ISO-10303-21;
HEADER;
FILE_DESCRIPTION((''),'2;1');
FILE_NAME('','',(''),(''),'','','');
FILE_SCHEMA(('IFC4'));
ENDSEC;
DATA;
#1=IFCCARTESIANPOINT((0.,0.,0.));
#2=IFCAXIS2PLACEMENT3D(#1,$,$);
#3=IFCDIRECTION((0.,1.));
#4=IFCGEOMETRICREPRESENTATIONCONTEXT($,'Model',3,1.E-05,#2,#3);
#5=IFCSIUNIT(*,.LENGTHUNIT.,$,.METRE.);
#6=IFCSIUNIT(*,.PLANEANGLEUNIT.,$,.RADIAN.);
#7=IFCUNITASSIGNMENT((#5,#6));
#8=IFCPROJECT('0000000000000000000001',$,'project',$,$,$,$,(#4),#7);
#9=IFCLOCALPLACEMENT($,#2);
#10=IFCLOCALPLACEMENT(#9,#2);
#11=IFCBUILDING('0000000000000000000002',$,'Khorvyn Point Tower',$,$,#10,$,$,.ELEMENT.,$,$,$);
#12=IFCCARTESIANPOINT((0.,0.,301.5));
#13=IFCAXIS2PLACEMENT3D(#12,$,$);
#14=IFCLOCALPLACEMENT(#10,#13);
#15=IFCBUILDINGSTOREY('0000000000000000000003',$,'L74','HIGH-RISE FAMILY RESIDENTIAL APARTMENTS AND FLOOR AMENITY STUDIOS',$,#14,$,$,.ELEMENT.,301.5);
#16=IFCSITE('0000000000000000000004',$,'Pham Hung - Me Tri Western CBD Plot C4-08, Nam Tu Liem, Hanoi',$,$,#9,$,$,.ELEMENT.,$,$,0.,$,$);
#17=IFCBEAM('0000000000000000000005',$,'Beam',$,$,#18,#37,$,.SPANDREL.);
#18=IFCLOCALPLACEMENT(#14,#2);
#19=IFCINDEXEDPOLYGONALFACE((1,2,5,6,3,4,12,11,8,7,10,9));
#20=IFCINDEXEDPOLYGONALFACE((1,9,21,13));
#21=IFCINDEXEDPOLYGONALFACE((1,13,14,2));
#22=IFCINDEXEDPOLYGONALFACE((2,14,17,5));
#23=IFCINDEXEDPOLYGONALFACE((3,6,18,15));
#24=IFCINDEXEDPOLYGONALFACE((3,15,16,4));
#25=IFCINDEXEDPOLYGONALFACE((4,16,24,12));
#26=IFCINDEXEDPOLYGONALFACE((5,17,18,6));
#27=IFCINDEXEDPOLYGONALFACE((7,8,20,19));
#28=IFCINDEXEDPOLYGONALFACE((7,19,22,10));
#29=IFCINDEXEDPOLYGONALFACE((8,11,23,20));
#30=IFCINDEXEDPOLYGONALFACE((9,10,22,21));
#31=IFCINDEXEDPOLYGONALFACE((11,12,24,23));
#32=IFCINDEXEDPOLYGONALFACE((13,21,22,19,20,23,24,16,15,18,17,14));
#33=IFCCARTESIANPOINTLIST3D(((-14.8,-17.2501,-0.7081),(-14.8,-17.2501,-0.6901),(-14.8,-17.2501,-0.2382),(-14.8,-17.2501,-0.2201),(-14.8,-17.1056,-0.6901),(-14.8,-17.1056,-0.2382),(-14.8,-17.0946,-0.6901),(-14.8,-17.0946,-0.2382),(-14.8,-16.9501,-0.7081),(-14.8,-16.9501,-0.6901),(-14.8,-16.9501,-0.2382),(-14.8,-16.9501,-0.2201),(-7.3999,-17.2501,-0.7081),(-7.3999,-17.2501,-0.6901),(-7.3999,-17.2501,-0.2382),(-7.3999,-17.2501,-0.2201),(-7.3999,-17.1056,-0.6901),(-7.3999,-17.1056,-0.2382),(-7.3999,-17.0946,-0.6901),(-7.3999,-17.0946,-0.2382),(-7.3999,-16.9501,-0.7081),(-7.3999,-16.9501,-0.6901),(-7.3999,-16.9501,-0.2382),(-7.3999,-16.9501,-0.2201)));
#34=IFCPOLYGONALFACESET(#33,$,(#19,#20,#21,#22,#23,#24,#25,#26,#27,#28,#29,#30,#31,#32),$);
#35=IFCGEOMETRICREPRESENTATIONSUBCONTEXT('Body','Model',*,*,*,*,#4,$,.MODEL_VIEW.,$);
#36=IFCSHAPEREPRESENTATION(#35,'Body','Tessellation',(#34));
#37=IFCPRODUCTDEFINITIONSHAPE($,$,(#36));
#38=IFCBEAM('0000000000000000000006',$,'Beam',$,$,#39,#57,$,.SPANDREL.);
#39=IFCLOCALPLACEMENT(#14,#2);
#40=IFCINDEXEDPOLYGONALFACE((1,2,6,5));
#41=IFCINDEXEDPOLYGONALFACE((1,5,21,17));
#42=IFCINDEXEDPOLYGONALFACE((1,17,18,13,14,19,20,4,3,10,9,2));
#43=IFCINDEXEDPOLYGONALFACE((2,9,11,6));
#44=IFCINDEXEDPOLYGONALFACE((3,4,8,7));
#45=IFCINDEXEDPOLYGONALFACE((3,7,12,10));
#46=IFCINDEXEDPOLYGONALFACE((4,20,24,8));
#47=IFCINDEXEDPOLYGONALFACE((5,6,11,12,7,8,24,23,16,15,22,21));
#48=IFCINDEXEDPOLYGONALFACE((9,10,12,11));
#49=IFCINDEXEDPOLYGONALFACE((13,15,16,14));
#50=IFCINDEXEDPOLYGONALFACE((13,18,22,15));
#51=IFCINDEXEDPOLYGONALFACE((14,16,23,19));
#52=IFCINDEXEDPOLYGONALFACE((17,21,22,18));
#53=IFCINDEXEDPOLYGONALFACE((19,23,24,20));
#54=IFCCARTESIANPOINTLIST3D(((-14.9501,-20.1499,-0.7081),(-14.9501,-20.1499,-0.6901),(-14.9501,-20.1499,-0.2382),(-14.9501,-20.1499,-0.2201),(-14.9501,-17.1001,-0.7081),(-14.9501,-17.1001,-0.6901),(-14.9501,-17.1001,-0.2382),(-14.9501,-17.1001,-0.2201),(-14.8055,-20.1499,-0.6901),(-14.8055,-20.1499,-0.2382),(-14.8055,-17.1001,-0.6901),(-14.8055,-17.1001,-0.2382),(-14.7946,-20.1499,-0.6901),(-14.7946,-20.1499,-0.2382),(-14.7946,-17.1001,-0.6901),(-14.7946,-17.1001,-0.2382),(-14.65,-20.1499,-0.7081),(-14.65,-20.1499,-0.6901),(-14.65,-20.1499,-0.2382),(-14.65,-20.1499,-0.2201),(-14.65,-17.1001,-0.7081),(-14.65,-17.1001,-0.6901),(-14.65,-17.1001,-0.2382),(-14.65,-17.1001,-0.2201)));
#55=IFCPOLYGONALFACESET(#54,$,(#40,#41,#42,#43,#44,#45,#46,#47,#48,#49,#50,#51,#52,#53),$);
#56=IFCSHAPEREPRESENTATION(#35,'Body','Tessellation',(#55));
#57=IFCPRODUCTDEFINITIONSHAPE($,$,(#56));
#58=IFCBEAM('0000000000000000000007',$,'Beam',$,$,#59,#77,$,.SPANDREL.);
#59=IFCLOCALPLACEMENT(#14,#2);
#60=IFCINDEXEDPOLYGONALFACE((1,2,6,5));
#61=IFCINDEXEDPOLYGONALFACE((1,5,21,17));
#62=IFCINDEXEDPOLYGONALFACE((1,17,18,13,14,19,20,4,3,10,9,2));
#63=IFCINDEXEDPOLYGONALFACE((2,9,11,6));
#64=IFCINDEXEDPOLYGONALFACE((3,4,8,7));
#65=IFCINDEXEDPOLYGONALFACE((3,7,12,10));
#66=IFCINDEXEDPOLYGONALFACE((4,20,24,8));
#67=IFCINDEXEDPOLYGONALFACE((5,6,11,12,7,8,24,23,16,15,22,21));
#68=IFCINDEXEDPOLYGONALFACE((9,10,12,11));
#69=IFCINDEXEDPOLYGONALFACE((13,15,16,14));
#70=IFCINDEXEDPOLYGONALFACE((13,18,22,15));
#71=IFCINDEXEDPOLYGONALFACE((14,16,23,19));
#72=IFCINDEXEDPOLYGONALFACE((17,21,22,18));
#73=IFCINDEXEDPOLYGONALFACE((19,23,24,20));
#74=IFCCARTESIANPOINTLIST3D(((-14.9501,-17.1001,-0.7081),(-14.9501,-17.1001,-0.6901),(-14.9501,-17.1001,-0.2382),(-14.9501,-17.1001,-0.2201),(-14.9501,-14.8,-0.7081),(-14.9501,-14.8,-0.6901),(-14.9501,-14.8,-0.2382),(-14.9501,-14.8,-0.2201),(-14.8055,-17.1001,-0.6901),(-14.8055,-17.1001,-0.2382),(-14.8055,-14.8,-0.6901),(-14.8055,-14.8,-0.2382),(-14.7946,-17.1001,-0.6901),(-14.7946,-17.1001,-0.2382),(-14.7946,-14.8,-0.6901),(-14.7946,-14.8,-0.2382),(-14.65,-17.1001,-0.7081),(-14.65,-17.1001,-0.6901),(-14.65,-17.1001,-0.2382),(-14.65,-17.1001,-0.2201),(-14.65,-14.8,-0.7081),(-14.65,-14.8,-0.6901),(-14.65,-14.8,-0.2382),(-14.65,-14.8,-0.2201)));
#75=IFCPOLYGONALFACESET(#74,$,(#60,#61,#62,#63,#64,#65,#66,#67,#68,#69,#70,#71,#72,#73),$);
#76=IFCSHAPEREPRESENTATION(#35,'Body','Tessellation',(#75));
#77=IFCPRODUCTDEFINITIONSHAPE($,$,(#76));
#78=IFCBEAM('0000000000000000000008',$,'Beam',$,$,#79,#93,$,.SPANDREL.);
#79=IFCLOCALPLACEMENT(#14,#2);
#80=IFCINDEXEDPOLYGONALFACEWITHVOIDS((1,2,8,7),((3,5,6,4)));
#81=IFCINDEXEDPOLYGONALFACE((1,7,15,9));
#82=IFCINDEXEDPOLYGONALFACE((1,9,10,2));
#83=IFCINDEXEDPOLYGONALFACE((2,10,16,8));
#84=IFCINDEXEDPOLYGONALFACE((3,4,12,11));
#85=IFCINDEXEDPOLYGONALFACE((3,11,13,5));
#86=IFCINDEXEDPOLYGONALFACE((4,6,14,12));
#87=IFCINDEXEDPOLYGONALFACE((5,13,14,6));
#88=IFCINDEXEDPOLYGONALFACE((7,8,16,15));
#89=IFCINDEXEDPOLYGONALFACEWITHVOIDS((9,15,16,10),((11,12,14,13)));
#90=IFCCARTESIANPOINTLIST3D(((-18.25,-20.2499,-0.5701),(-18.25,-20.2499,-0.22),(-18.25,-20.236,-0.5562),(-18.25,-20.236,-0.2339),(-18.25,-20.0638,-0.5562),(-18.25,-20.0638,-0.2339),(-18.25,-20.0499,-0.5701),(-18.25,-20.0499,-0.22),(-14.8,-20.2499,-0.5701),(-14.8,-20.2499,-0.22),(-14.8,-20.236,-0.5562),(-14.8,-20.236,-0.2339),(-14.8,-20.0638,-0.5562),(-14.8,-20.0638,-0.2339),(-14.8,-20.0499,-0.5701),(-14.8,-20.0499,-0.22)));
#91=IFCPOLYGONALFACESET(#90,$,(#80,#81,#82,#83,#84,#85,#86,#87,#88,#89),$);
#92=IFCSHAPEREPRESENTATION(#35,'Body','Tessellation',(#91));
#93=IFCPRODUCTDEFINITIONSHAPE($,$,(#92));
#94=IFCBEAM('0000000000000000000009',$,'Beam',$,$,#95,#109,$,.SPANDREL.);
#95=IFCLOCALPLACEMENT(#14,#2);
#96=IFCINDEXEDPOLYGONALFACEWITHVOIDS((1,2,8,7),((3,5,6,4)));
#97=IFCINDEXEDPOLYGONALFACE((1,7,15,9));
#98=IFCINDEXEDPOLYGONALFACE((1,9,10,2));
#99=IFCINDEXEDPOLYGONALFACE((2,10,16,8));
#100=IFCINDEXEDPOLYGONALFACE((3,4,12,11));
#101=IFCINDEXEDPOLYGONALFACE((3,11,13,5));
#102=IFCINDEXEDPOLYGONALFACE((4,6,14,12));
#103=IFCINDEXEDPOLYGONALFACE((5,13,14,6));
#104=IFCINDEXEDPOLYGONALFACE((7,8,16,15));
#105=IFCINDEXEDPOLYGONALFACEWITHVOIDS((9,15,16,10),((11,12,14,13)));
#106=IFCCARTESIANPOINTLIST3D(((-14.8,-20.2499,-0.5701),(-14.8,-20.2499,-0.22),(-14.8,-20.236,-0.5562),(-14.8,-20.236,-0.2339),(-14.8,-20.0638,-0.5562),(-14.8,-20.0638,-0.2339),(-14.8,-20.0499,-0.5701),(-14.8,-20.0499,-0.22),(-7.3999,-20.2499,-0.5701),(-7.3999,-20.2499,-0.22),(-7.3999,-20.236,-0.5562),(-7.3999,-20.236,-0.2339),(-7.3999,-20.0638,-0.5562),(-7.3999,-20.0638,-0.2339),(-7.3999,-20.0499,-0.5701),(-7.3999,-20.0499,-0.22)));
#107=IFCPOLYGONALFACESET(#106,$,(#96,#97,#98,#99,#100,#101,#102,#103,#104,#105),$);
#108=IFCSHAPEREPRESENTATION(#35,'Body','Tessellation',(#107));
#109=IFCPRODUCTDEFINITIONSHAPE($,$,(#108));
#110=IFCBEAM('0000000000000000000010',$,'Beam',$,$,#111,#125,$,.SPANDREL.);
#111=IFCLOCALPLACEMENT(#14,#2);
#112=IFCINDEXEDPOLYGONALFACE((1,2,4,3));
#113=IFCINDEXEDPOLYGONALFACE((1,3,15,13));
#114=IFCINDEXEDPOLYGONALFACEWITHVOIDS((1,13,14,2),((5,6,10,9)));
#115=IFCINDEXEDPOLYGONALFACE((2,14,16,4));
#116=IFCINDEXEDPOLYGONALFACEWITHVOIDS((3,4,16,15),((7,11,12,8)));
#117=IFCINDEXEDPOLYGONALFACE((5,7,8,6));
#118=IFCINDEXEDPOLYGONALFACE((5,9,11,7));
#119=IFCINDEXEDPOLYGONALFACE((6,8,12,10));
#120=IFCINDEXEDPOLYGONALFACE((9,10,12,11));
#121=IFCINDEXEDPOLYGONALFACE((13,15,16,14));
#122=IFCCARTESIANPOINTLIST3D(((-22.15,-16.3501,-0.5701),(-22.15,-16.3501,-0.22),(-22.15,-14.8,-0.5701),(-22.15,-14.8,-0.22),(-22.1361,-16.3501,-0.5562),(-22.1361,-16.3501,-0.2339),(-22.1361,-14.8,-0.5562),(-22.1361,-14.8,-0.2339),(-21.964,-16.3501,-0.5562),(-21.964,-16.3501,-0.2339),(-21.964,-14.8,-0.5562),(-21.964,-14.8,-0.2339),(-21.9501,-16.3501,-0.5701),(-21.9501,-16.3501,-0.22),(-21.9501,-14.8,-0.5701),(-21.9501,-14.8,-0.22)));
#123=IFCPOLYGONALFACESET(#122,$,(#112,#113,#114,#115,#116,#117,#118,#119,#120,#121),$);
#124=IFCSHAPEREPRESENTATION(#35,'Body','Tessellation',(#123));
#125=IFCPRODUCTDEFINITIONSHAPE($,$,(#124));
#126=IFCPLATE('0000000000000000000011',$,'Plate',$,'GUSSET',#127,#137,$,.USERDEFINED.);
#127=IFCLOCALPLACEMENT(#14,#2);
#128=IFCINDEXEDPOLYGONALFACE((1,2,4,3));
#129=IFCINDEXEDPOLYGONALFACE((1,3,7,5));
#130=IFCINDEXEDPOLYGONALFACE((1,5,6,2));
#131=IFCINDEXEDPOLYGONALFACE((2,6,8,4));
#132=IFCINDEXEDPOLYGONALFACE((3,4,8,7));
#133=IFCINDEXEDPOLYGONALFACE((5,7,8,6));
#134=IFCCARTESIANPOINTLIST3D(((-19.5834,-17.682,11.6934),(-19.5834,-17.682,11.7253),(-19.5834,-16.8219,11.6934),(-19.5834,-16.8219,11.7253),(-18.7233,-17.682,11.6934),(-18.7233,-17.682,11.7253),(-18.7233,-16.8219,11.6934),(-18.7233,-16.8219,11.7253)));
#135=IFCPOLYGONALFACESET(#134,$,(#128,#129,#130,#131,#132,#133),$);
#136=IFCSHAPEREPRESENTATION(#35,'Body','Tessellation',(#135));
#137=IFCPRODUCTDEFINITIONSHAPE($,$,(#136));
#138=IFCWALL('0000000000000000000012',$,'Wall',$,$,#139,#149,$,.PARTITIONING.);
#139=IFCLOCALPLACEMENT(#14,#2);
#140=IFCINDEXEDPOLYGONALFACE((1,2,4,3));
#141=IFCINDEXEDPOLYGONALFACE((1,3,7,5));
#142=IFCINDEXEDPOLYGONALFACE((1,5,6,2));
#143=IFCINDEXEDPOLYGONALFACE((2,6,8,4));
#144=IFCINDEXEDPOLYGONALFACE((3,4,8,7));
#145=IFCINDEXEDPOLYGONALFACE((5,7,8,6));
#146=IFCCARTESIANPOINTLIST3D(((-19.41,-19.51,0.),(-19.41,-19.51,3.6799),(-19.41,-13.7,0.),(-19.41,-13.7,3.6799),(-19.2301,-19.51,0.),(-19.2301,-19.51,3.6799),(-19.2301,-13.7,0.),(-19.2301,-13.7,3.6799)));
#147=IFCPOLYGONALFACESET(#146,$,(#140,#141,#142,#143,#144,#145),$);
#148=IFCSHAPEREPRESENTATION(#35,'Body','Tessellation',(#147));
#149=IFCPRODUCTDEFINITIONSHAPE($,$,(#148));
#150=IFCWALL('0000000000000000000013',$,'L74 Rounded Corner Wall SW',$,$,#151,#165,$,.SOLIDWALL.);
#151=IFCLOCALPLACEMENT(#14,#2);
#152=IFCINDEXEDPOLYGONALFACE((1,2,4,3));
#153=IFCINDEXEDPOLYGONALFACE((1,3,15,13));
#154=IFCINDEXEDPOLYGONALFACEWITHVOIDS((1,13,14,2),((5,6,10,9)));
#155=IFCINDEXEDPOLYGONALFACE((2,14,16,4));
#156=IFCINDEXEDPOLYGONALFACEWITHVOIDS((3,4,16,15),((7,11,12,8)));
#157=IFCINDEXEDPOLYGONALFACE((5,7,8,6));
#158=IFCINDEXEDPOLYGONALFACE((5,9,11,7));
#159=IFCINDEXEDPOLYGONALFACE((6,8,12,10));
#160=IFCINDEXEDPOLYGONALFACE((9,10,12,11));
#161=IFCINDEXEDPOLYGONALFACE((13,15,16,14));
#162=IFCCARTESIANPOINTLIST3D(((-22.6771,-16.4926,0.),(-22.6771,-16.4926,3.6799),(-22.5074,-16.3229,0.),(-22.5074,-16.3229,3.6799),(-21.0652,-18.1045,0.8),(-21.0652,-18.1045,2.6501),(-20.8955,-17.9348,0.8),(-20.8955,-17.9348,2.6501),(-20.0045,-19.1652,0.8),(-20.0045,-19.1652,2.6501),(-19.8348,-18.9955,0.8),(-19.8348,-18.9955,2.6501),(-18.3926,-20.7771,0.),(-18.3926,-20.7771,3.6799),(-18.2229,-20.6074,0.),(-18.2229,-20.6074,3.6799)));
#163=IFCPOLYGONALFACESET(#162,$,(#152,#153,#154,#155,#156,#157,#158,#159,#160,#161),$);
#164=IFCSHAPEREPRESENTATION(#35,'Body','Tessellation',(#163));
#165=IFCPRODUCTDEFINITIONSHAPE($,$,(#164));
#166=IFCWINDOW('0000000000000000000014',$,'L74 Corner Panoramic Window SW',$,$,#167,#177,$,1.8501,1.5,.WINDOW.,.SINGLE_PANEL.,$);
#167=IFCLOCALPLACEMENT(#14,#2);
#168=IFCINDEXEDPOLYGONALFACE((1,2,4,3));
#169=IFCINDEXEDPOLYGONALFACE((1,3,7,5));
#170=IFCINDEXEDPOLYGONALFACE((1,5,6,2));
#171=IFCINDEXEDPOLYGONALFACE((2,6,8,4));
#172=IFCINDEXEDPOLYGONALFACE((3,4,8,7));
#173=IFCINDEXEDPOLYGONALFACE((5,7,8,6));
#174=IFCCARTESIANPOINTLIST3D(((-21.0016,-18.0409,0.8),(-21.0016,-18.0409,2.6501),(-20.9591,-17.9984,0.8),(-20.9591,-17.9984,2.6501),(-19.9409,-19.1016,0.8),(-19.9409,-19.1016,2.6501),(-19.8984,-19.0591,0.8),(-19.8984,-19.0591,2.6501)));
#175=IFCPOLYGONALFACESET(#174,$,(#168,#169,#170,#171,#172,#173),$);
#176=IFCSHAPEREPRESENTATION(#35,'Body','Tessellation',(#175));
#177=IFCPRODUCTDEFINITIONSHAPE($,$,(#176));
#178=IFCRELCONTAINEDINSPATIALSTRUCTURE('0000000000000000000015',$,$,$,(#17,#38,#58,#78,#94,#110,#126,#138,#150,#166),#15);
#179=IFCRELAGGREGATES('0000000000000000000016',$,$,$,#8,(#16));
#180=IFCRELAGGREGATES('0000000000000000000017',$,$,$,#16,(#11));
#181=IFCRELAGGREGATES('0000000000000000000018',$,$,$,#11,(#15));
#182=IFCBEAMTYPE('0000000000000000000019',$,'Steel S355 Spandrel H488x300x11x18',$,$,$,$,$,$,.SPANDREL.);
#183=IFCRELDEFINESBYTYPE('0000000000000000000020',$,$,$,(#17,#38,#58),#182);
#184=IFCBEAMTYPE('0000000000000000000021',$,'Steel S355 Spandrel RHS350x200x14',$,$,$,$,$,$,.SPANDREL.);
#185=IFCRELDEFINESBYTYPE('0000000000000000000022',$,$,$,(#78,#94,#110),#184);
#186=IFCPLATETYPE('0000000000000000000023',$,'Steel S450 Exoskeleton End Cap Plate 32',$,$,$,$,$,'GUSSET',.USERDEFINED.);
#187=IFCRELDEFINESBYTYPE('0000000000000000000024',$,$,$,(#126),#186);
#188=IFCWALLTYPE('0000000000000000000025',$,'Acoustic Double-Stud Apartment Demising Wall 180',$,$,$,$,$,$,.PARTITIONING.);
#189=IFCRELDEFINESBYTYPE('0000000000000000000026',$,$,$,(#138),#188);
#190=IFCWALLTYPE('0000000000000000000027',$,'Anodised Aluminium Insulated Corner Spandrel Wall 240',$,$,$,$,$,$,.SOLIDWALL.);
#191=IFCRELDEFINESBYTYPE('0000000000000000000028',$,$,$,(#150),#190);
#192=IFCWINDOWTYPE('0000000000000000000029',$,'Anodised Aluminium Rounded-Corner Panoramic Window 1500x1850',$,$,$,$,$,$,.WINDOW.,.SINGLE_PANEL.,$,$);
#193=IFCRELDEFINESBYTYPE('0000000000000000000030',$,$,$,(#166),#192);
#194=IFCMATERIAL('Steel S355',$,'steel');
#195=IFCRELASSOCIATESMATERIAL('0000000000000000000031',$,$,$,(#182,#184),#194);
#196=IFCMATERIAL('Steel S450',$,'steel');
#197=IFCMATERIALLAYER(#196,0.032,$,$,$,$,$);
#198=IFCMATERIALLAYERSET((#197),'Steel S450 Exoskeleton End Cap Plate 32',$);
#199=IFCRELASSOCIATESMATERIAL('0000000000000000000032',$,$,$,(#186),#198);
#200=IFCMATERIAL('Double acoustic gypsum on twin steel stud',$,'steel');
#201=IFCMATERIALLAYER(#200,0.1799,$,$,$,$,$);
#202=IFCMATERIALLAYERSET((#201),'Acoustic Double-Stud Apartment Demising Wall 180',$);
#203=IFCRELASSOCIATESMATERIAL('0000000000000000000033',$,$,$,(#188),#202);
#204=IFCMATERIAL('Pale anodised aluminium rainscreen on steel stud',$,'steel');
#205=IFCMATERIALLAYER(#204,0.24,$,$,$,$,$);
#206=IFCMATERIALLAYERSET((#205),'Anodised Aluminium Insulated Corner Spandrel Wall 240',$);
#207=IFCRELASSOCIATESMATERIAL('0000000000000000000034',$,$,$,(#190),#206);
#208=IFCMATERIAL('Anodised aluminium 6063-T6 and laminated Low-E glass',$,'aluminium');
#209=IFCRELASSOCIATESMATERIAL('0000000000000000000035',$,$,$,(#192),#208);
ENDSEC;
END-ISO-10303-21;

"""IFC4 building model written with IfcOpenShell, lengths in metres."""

from ifc_helpers import new_model, si_unit, direction, frame, frame_2d, origin, origin_2d, place, context, subcontext, project, spatial, rectangle, hollow_rectangle, i_section, extrude, material, layer, layer_set, material_profile, profile_set, type_object, element, fill, save


model = new_model("IFC4")

# Units and contexts
model_context = context("Model", 3, precision=1e-05, world=origin(), true_north=direction((0.0, 1.0)))
body_context = subcontext(model_context, "Body", "Model", "MODEL_VIEW")
ifc_project = project(units=[si_unit("LENGTHUNIT", "METRE"), si_unit("PLANEANGLEUNIT", "RADIAN")], contexts=[model_context])

# Site, building, storey
site_placement = place(None, origin())
site = spatial("IfcSite", under=ifc_project, at=site_placement, Name="Pham Hung - Me Tri Western CBD Plot C4-08, Nam Tu Liem, Hanoi", CompositionType="ELEMENT", RefElevation=0.0)
building_placement = place(site_placement, origin())
building = spatial("IfcBuilding", under=site, at=building_placement, Name="Khorvyn Point Tower", CompositionType="ELEMENT")
storey_placement = place(building_placement, frame((0.0, 0.0, 301.5)))
storey = spatial("IfcBuildingStorey", under=building, at=storey_placement, Name="L74", Description="HIGH-RISE FAMILY RESIDENTIAL APARTMENTS AND FLOOR AMENITY STUDIOS", CompositionType="ELEMENT", Elevation=301.5)

# Shared definitions
ifc_material_1 = material(Name="Steel S355", Category="steel")
ifc_material_2 = material(Name="Steel S450", Category="steel")

# Shared definitions
ifc_material_3 = material(Name="Anodised aluminium 6063-T6 and laminated Low-E glass", Category="aluminium")

# Beams
ifc_material_profile_1 = material_profile(ifc_material_1, i_section(OverallWidth=0.3, OverallDepth=0.488, WebThickness=0.011, FlangeThickness=0.0181, at=origin_2d()))
ifc_profile_set_1 = profile_set([ifc_material_profile_1], Name="Steel S355 H488x300x11x18")
beam_type_1 = type_object("IfcBeamType", Name="Steel S355 Spandrel H488x300x11x18", PredefinedType="SPANDREL", material=ifc_profile_set_1)
beam_1_placement = place(storey_placement, frame((-14.8, -17.1001, -0.4641), z_axis=(1.0, 0.0, 0.0), x_axis=(0.0, 1.0, 0.0)))
element("IfcBeam", 1, at=beam_1_placement, inside=storey, type_object=beam_type_1, Name="Beam", PredefinedType="SPANDREL", context=body_context, shape_type="SweptSolid", body=[
    extrude(i_section(OverallWidth=0.3, OverallDepth=0.488, WebThickness=0.011, FlangeThickness=0.0181, at=origin_2d()), origin(), (0.0, 0.0, 1.0), 7.4001),
])
beam_2_placement = place(storey_placement, frame((-14.8, -20.1499, -0.4641), z_axis=(0.0, 1.0, 0.0), x_axis=(-1.0, 0.0, 0.0)))
element("IfcBeam", 2, at=beam_2_placement, inside=storey, type_object=beam_type_1, Name="Beam", PredefinedType="SPANDREL", context=body_context, shape_type="SweptSolid", body=[
    extrude(i_section(OverallWidth=0.3, OverallDepth=0.488, WebThickness=0.011, FlangeThickness=0.0181, at=origin_2d()), origin(), (0.0, 0.0, 1.0), 3.0498),
])
beam_3_placement = place(storey_placement, frame((-14.8, -17.1001, -0.4641), z_axis=(0.0, 1.0, 0.0), x_axis=(-1.0, 0.0, 0.0)))
element("IfcBeam", 3, at=beam_3_placement, inside=storey, type_object=beam_type_1, Name="Beam", PredefinedType="SPANDREL", context=body_context, shape_type="SweptSolid", body=[
    extrude(i_section(OverallWidth=0.3, OverallDepth=0.488, WebThickness=0.011, FlangeThickness=0.0181, at=origin_2d()), origin(), (0.0, 0.0, 1.0), 2.3),
])
ifc_material_profile_2 = material_profile(ifc_material_1, hollow_rectangle(XDim=0.2, YDim=0.3501, WallThickness=0.0139, at=origin_2d()))
ifc_profile_set_2 = profile_set([ifc_material_profile_2], Name="Steel S355 RHS350x200x14")
beam_type_2 = type_object("IfcBeamType", Name="Steel S355 Spandrel RHS350x200x14", PredefinedType="SPANDREL", material=ifc_profile_set_2)
beam_4_placement = place(storey_placement, frame((-18.25, -20.1499, -0.395), z_axis=(1.0, 0.0, 0.0), x_axis=(0.0, 1.0, 0.0)))
element("IfcBeam", 4, at=beam_4_placement, inside=storey, type_object=beam_type_2, Name="Beam", PredefinedType="SPANDREL", context=body_context, shape_type="SweptSolid", body=[
    extrude(hollow_rectangle(XDim=0.2, YDim=0.3501, WallThickness=0.0139, at=origin_2d()), origin(), (0.0, 0.0, 1.0), 3.45),
])
beam_5_placement = place(storey_placement, frame((-14.8, -20.1499, -0.395), z_axis=(1.0, 0.0, 0.0), x_axis=(0.0, 1.0, 0.0)))
element("IfcBeam", 5, at=beam_5_placement, inside=storey, type_object=beam_type_2, Name="Beam", PredefinedType="SPANDREL", context=body_context, shape_type="SweptSolid", body=[
    extrude(hollow_rectangle(XDim=0.2, YDim=0.3501, WallThickness=0.0139, at=origin_2d()), origin(), (0.0, 0.0, 1.0), 7.4001),
])
beam_6_placement = place(storey_placement, frame((-22.05, -16.3501, -0.395), z_axis=(0.0, 1.0, 0.0), x_axis=(-1.0, 0.0, 0.0)))
element("IfcBeam", 6, at=beam_6_placement, inside=storey, type_object=beam_type_2, Name="Beam", PredefinedType="SPANDREL", context=body_context, shape_type="SweptSolid", body=[
    extrude(hollow_rectangle(XDim=0.2, YDim=0.3501, WallThickness=0.0139, at=origin_2d()), origin(), (0.0, 0.0, 1.0), 1.55),
])

# Plate
ifc_layer_1 = layer(ifc_material_2, 0.032)
ifc_layer_set_1 = layer_set([ifc_layer_1], Name="Steel S450 Exoskeleton End Cap Plate 32")
plate_type = type_object("IfcPlateType", Name="Steel S450 Exoskeleton End Cap Plate 32", ElementType="GUSSET", PredefinedType="USERDEFINED", material=ifc_layer_set_1)
plate_placement = place(storey_placement, frame((-19.1533, -17.252, 11.6934), z_axis=(0.0, 0.0, 1.0), x_axis=(1.0, 0.0, 0.0)))
element("IfcPlate", 7, at=plate_placement, inside=storey, type_object=plate_type, Name="Plate", ObjectType="GUSSET", PredefinedType="USERDEFINED", context=body_context, shape_type="SweptSolid", body=[
    extrude(rectangle(XDim=0.8601, YDim=0.8601, at=origin_2d()), origin(), (0.0, 0.0, 1.0), 0.032),
])

# Wall
ifc_material_4 = material(Name="Double acoustic gypsum on twin steel stud", Category="steel")
ifc_layer_2 = layer(ifc_material_4, 0.1799)
ifc_layer_set_2 = layer_set([ifc_layer_2], Name="Acoustic Double-Stud Apartment Demising Wall 180")
wall_type_1 = type_object("IfcWallType", Name="Acoustic Double-Stud Apartment Demising Wall 180", PredefinedType="PARTITIONING", material=ifc_layer_set_2)
wall_1_placement = place(storey_placement, frame((-19.3201, -19.51, 0.0), z_axis=(0.0, 0.0, 1.0), x_axis=(0.0, 1.0, 0.0)))
element("IfcWall", 8, at=wall_1_placement, inside=storey, type_object=wall_type_1, Name="Wall", PredefinedType="PARTITIONING", context=body_context, shape_type="SweptSolid", body=[
    extrude(rectangle(XDim=5.8101, YDim=0.1799, at=frame_2d((2.905, 0.0))), origin(), (0.0, 0.0, 1.0), 3.6799),
])

# Wall, opening, window
ifc_material_5 = material(Name="Pale anodised aluminium rainscreen on steel stud", Category="steel")
ifc_layer_3 = layer(ifc_material_5, 0.24)
ifc_layer_set_3 = layer_set([ifc_layer_3], Name="Anodised Aluminium Insulated Corner Spandrel Wall 240")
wall_type_2 = type_object("IfcWallType", Name="Anodised Aluminium Insulated Corner Spandrel Wall 240", PredefinedType="SOLIDWALL", material=ifc_layer_set_3)
wall_2_placement = place(storey_placement, frame((-18.3076, -20.6924, 0.0), z_axis=(0.0, 0.0, 1.0), x_axis=(-0.707107, 0.707107, 0.0)))
wall_2 = element("IfcWall", 9, at=wall_2_placement, inside=storey, type_object=wall_type_2, Name="L74 Rounded Corner Wall SW", PredefinedType="SOLIDWALL", context=body_context, shape_type="SweptSolid", body=[
    extrude(rectangle(XDim=6.0593, YDim=0.24, at=frame_2d((3.0298, 0.0))), origin(), (0.0, 0.0, 1.0), 3.6799),
])
opening_placement = place(wall_2_placement, frame((2.2798, 0.0, 0.8)))
opening = element("IfcOpeningElement", 10, at=opening_placement, cuts=wall_2, PredefinedType="OPENING", context=body_context, shape_type="SweptSolid", body=[
    extrude(rectangle(XDim=1.5, YDim=1.8501, at=frame_2d((0.75, 0.925))), frame((0.0, 0.1299, 0.0), z_axis=(0.0, -1.0, 0.0), x_axis=(1.0, 0.0, 0.0)), (0.0, 0.0, 1.0), 0.26),
])
window_type = type_object("IfcWindowType", Name="Anodised Aluminium Rounded-Corner Panoramic Window 1500x1850", PartitioningType="SINGLE_PANEL", PredefinedType="WINDOW", material=ifc_material_3)
window_placement = place(opening_placement, origin())
window = element("IfcWindow", 11, at=window_placement, inside=storey, type_object=window_type, Name="L74 Corner Panoramic Window SW", OverallHeight=1.8501, OverallWidth=1.5, PartitioningType="SINGLE_PANEL", PredefinedType="WINDOW", context=body_context, shape_type="SweptSolid", body=[
    extrude(rectangle(XDim=1.5, YDim=1.8501, at=frame_2d((0.75, 0.925))), frame((0.0, 0.03, 0.0), z_axis=(0.0, -1.0, 0.0), x_axis=(1.0, 0.0, 0.0)), (0.0, 0.0, 1.0), 0.0601),
])
fill(opening, window)

save(model, "model.ifc")
